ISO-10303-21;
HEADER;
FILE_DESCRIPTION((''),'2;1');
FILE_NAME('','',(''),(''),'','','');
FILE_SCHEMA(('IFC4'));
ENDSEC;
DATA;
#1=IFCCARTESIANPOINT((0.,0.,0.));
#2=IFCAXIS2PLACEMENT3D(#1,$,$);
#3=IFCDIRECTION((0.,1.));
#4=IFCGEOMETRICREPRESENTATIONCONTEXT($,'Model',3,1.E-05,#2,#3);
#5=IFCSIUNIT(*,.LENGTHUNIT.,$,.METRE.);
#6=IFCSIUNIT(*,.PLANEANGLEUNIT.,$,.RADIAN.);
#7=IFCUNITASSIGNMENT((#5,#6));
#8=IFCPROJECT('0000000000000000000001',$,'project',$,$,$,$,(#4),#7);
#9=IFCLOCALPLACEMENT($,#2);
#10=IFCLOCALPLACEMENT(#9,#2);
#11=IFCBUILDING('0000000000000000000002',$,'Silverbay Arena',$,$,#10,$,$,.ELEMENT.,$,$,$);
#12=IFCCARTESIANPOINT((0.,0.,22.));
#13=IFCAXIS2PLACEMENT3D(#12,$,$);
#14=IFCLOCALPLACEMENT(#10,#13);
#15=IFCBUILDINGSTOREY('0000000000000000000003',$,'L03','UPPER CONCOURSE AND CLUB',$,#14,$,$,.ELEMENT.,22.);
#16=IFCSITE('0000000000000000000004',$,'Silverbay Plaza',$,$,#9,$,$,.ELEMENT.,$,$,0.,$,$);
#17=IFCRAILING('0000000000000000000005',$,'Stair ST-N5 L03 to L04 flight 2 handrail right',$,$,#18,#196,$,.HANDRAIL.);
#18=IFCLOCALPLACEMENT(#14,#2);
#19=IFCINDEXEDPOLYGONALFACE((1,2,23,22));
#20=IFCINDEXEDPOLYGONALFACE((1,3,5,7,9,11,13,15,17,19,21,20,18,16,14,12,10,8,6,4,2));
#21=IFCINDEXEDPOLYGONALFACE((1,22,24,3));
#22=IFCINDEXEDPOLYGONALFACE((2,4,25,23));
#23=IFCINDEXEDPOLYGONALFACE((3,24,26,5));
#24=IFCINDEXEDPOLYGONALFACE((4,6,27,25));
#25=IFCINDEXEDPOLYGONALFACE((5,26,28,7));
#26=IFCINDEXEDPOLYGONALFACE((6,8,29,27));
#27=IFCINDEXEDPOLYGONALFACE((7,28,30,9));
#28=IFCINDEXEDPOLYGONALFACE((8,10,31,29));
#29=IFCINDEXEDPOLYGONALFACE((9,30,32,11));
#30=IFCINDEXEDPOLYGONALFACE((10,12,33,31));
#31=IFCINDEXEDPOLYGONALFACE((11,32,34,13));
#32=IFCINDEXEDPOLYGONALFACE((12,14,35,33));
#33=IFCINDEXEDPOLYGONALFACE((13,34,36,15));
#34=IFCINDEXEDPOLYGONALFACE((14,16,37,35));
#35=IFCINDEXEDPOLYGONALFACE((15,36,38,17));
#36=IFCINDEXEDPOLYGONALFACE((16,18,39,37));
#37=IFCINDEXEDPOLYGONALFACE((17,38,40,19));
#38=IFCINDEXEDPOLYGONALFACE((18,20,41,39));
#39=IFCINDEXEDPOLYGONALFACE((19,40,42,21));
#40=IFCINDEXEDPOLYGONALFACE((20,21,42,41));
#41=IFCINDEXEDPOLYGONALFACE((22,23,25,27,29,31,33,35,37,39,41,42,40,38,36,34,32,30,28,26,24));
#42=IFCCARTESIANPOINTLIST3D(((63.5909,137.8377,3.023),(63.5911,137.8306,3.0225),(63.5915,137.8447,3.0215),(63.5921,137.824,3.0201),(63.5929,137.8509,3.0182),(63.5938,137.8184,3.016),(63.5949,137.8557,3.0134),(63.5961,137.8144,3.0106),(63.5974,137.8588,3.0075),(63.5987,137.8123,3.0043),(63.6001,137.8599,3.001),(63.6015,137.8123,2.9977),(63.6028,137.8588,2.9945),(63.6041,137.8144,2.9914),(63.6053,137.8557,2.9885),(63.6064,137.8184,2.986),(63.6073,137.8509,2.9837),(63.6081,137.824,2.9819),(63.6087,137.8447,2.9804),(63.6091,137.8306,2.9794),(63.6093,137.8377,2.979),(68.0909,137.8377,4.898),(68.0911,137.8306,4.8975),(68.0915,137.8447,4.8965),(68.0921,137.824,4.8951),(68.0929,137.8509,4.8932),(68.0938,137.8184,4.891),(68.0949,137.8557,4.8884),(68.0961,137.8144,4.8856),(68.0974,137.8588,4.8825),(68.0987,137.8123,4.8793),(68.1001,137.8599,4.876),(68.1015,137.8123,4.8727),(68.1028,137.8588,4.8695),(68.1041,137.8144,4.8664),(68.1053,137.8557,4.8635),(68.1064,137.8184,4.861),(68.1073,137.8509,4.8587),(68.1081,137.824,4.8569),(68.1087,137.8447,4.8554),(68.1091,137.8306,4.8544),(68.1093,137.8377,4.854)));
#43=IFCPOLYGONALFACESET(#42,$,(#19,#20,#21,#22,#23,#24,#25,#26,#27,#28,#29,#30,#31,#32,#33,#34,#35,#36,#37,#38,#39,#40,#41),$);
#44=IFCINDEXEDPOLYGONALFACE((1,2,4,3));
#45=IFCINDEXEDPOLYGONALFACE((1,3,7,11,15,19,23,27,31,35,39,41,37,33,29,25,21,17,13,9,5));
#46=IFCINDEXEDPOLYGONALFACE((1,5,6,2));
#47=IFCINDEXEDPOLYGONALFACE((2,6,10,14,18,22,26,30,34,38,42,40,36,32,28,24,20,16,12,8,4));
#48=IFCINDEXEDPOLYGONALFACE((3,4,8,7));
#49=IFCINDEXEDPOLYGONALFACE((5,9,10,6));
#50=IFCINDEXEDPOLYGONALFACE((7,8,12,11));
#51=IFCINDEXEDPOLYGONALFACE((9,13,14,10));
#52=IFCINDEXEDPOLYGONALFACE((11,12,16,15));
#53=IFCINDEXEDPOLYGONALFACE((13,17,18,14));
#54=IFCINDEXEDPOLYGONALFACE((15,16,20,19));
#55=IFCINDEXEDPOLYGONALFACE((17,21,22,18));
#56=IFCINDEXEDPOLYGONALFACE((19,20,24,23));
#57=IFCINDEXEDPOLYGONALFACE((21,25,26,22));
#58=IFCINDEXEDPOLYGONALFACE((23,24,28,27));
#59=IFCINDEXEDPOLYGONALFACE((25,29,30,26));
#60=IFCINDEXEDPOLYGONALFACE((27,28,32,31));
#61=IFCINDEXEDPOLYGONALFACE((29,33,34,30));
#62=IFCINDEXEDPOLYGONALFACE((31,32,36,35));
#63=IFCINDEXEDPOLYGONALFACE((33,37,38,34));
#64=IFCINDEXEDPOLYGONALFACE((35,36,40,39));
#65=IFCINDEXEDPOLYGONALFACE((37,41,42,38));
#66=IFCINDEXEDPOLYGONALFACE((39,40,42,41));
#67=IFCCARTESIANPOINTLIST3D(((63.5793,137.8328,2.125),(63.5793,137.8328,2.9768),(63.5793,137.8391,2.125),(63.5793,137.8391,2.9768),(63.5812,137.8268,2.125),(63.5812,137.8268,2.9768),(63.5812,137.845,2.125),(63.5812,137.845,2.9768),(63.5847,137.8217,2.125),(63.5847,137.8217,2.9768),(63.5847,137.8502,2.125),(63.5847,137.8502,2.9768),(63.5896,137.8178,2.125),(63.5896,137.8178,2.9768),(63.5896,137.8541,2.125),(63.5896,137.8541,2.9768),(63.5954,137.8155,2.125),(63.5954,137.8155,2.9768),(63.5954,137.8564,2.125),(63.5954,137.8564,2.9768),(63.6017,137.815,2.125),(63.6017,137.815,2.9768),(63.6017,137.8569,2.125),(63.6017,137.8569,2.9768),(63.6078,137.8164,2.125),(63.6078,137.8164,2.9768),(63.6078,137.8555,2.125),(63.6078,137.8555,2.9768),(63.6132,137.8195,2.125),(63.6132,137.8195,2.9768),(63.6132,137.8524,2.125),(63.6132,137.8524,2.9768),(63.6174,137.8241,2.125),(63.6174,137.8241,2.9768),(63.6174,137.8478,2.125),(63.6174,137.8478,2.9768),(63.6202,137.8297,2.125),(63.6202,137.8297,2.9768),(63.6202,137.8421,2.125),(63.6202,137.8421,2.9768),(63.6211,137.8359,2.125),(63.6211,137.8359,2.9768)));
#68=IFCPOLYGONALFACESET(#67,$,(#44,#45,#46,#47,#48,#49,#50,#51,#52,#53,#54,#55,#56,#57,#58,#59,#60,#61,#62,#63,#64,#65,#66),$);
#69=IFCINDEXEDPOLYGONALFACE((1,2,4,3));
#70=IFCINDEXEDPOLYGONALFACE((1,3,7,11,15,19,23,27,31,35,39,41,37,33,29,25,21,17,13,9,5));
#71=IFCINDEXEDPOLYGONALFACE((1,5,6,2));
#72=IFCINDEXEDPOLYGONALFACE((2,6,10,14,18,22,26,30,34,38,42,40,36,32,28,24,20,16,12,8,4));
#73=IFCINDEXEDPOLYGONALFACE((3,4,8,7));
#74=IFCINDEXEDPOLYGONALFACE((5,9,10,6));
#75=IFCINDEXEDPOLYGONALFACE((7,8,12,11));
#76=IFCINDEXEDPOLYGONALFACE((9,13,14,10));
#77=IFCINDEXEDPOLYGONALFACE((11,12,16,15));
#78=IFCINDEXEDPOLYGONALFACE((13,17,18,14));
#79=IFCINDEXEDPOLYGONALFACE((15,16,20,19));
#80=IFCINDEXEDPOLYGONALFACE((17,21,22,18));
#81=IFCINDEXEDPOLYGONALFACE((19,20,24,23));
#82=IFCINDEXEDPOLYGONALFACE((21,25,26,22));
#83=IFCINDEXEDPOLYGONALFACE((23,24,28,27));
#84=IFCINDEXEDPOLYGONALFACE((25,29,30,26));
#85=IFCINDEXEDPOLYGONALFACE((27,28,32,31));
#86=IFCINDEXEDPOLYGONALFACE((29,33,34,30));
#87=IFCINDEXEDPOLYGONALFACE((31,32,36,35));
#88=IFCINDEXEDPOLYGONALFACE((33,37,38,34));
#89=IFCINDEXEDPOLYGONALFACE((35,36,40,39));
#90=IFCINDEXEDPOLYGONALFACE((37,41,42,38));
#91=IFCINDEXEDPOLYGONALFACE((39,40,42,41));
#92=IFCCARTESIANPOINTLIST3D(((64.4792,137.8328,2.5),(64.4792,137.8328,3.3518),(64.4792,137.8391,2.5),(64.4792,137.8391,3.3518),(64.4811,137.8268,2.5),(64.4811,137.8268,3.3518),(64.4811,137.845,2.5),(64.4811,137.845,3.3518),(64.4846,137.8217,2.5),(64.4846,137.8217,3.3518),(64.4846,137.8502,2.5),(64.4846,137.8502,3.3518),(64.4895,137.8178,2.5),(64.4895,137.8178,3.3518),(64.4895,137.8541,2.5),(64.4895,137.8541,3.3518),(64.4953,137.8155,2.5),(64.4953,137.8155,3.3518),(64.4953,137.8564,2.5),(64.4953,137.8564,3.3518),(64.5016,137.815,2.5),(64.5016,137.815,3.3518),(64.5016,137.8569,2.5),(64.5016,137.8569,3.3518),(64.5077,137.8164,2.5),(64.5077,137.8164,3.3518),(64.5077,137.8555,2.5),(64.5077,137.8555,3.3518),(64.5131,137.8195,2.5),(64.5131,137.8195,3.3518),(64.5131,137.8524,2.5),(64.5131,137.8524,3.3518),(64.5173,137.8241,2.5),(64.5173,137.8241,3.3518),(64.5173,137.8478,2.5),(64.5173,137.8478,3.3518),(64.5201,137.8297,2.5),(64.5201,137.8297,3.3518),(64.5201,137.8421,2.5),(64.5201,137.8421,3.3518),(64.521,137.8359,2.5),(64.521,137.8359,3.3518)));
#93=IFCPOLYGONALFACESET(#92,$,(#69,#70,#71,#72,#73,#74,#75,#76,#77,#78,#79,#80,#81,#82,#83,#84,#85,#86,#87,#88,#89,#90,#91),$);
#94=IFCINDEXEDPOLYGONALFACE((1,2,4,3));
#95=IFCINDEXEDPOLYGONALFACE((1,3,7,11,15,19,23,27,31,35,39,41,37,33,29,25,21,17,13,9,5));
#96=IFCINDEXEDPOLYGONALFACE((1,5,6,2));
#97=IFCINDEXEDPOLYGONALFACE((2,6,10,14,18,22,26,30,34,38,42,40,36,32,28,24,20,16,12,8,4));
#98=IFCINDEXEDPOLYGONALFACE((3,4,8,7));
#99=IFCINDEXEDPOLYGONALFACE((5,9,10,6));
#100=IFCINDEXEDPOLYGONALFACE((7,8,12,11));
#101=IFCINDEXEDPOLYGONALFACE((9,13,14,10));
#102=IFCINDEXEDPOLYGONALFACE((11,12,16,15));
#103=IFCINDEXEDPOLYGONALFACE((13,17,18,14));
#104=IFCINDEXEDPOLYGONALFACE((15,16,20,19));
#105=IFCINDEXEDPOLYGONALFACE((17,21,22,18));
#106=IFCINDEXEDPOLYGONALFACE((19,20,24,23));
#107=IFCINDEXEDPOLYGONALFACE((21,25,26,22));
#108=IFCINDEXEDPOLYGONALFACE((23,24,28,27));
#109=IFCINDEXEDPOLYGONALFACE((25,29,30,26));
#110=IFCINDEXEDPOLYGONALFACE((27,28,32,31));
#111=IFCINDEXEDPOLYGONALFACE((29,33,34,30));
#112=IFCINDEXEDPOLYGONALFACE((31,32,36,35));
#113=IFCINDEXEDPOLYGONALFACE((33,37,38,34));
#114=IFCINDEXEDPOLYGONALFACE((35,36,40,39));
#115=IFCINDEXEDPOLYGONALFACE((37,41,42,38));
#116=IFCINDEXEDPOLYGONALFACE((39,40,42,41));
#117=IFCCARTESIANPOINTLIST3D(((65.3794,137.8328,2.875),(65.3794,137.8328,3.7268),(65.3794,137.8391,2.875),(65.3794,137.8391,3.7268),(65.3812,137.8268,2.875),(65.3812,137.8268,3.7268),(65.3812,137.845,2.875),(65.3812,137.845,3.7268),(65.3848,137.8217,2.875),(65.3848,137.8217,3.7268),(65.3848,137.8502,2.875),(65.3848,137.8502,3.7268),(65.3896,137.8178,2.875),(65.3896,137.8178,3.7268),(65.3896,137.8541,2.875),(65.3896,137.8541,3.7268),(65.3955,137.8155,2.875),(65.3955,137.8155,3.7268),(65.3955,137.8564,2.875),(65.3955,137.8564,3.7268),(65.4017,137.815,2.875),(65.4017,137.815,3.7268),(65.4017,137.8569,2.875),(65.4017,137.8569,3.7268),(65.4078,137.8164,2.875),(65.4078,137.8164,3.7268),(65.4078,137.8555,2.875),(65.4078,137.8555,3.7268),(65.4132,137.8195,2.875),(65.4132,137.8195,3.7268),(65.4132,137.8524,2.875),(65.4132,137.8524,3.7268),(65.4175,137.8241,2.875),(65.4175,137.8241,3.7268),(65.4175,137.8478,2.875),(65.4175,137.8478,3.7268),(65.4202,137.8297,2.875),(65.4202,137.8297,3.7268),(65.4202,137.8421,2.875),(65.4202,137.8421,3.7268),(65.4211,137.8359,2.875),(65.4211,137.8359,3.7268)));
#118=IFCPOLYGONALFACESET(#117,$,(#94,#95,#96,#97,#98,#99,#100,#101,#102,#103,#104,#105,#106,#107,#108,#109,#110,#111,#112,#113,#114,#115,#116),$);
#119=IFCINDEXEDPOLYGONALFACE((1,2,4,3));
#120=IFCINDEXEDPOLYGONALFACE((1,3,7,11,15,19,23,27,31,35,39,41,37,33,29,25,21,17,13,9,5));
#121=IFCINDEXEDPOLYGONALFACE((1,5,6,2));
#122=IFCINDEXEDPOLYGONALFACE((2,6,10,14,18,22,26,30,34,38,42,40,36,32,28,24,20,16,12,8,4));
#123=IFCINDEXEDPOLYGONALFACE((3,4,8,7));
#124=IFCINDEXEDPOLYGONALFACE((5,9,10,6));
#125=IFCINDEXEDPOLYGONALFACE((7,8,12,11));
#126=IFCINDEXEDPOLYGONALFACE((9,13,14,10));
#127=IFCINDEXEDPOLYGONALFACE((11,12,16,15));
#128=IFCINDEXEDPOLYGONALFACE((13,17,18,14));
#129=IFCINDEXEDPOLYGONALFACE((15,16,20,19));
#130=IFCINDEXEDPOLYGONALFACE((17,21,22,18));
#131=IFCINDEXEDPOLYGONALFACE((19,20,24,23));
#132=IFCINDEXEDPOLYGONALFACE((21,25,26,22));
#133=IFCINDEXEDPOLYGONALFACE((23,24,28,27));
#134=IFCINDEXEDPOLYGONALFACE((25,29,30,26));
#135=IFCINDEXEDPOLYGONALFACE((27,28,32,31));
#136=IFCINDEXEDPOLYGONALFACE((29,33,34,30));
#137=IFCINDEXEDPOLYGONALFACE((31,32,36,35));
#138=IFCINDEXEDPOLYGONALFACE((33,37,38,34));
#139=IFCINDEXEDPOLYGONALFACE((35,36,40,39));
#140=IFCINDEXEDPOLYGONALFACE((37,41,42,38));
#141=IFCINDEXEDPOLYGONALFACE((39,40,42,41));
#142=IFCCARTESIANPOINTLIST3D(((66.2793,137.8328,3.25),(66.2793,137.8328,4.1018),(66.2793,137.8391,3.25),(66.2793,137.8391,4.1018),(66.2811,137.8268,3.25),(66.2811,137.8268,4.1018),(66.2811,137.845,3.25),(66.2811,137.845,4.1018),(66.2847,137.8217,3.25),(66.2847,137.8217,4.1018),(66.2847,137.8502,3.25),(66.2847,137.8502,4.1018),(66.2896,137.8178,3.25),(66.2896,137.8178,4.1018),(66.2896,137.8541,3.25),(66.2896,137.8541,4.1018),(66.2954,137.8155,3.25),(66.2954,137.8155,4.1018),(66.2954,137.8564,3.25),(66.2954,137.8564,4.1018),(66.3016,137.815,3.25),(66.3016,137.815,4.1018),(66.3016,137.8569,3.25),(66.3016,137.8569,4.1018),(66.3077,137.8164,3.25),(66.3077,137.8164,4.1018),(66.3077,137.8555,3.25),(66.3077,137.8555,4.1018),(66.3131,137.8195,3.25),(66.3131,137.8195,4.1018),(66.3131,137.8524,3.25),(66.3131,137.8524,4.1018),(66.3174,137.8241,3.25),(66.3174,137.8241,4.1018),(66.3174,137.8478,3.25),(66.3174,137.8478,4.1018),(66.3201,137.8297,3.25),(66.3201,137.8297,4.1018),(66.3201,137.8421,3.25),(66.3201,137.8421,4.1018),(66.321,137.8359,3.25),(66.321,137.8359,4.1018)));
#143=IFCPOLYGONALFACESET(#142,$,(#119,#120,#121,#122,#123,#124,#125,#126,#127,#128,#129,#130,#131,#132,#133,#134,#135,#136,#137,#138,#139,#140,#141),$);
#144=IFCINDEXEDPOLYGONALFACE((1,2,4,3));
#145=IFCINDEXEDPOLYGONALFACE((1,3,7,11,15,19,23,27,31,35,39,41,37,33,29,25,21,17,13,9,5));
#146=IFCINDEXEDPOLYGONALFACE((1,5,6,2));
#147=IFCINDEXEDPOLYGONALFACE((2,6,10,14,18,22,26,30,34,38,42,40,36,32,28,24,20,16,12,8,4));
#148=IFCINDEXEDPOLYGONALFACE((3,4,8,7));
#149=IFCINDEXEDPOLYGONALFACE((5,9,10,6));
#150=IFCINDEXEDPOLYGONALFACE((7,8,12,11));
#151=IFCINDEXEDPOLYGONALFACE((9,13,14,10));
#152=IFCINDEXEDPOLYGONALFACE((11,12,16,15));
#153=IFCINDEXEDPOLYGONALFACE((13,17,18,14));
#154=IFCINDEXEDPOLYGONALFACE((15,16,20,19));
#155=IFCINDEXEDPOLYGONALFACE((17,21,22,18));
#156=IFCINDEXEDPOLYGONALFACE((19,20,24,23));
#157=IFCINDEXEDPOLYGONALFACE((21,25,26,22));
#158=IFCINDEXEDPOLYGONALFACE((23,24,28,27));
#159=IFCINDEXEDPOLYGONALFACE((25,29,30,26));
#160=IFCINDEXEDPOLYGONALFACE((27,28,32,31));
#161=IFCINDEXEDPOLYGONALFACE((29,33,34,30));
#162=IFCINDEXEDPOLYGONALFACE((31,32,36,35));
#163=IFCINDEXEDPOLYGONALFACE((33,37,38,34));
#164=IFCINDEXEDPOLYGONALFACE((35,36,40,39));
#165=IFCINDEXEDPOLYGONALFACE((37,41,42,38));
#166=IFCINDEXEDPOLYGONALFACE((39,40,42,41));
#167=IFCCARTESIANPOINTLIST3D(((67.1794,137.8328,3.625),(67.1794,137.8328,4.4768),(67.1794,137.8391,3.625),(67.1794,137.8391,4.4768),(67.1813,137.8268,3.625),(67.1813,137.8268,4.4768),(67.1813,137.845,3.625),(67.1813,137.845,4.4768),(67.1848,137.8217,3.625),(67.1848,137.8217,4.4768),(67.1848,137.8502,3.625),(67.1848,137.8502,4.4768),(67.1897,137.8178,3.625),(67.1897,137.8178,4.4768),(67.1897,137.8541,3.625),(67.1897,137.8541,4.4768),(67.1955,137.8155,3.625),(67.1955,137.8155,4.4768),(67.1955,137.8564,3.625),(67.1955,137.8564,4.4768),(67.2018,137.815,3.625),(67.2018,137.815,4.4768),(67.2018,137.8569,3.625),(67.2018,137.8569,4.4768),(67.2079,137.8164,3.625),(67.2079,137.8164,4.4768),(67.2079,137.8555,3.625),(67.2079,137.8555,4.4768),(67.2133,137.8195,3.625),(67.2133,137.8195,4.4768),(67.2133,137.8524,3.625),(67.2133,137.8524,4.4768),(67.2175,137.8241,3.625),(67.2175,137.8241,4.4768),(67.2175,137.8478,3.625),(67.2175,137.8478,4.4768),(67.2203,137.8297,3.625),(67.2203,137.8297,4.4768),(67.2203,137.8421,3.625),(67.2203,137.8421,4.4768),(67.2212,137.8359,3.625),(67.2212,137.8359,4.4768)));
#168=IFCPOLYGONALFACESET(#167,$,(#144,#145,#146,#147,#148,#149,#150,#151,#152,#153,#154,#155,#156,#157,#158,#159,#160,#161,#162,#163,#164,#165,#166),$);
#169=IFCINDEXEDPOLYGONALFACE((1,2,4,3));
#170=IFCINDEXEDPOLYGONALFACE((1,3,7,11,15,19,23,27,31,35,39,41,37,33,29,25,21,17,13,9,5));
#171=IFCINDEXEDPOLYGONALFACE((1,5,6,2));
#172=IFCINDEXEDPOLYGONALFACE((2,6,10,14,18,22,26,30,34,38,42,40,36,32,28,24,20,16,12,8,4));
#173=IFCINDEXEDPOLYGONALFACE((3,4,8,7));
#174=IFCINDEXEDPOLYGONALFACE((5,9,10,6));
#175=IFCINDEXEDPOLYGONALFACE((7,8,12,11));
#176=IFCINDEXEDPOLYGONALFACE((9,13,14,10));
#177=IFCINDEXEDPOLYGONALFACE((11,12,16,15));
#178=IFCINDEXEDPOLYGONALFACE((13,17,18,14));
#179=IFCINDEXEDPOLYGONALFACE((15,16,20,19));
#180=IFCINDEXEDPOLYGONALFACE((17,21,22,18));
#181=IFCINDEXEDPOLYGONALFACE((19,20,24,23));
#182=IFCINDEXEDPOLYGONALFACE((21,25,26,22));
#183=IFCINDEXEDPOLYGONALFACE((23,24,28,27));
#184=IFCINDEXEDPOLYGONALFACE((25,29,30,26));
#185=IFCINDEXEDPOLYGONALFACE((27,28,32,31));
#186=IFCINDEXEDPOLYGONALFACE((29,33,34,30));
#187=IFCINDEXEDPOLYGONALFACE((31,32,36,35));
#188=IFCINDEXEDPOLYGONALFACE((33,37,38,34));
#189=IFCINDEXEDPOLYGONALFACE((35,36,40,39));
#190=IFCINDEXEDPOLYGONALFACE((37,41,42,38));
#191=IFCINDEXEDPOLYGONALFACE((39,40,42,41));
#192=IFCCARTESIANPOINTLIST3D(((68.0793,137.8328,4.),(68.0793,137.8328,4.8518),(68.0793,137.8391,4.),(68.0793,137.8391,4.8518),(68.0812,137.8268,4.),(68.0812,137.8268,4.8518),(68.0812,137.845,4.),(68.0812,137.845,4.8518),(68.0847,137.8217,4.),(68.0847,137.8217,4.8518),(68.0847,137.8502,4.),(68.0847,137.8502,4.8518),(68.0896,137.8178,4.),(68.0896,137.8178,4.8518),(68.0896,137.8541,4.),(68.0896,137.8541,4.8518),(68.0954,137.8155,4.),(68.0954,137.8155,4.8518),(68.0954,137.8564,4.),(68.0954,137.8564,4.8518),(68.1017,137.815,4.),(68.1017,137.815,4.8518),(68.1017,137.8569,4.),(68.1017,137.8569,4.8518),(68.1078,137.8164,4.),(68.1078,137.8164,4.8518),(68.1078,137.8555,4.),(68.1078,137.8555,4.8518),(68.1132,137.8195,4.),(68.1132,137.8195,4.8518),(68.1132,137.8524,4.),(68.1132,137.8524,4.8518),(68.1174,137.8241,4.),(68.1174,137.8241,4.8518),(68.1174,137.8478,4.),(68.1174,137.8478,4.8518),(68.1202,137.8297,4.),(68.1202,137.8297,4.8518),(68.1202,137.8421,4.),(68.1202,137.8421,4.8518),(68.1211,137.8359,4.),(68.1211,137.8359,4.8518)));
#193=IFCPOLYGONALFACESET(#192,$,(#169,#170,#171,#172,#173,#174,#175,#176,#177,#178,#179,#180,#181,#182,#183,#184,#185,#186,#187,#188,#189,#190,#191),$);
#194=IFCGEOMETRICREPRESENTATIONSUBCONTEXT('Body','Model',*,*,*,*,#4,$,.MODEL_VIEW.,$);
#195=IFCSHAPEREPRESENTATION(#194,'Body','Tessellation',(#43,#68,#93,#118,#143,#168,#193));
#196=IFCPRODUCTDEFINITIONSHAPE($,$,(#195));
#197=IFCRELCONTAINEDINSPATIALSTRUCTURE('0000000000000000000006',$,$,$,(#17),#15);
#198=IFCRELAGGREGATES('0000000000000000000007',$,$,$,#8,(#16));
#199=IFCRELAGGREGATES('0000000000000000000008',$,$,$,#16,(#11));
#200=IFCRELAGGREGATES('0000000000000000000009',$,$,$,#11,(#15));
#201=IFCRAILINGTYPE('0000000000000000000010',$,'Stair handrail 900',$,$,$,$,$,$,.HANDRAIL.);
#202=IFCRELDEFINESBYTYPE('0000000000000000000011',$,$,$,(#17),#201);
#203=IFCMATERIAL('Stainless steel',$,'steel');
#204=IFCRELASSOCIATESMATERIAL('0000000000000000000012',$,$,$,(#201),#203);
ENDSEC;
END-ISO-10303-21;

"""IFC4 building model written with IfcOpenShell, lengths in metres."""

from ifc_helpers import new_model, si_unit, direction, frame, origin, origin_2d, place, context, subcontext, project, spatial, circle, extrude, material, type_object, element, save


model = new_model("IFC4")

# Units and contexts
model_context = context("Model", 3, precision=1e-05, world=origin(), true_north=direction((0.0, 1.0)))
body_context = subcontext(model_context, "Body", "Model", "MODEL_VIEW")
ifc_project = project(units=[si_unit("LENGTHUNIT", "METRE"), si_unit("PLANEANGLEUNIT", "RADIAN")], contexts=[model_context])

# Site, building, storey
site_placement = place(None, origin())
site = spatial("IfcSite", under=ifc_project, at=site_placement, Name="Silverbay Plaza", CompositionType="ELEMENT", RefElevation=0.0)
building_placement = place(site_placement, origin())
building = spatial("IfcBuilding", under=site, at=building_placement, Name="Silverbay Arena", CompositionType="ELEMENT")
storey_placement = place(building_placement, frame((0.0, 0.0, 22.0)))
storey = spatial("IfcBuildingStorey", under=building, at=storey_placement, Name="L03", Description="UPPER CONCOURSE AND CLUB", CompositionType="ELEMENT", Elevation=22.0)

# Railing
ifc_material_1 = material(Name="Stainless steel", Category="steel")
railing_type_1 = type_object("IfcRailingType", Name="Stair handrail 900", PredefinedType="HANDRAIL", material=ifc_material_1)
railing_1_placement = place(storey_placement, frame((63.6001, 137.8359, 2.125)))
element("IfcRailing", 1, at=railing_1_placement, inside=storey, type_object=railing_type_1, Name="Stair ST-N5 L03 to L04 flight 2 handrail right", PredefinedType="HANDRAIL", context=body_context, shape_type="SweptSolid", body=[
    extrude(circle(Radius=0.0239, at=origin_2d()), frame((0.0, 0.0, 0.876), z_axis=(0.923077, 0.0, 0.384615), x_axis=(0.0, 1.0, 0.0)), (0.0, 0.0, 1.0), 4.875),
    extrude(circle(Radius=0.021, at=origin_2d()), origin(), (0.0, 0.0, 1.0), 0.8518),
    extrude(circle(Radius=0.021, at=origin_2d()), frame((0.8999, 0.0, 0.375)), (0.0, 0.0, 1.0), 0.8518),
    extrude(circle(Radius=0.021, at=origin_2d()), frame((1.8, 0.0, 0.75)), (0.0, 0.0, 1.0), 0.8518),
    extrude(circle(Radius=0.021, at=origin_2d()), frame((2.7, 0.0, 1.125)), (0.0, 0.0, 1.0), 0.8518),
    extrude(circle(Radius=0.021, at=origin_2d()), frame((3.6001, 0.0, 1.5)), (0.0, 0.0, 1.0), 0.8518),
    extrude(circle(Radius=0.021, at=origin_2d()), frame((4.5, 0.0, 1.875)), (0.0, 0.0, 1.0), 0.8518),
])

save(model, "model.ifc")
